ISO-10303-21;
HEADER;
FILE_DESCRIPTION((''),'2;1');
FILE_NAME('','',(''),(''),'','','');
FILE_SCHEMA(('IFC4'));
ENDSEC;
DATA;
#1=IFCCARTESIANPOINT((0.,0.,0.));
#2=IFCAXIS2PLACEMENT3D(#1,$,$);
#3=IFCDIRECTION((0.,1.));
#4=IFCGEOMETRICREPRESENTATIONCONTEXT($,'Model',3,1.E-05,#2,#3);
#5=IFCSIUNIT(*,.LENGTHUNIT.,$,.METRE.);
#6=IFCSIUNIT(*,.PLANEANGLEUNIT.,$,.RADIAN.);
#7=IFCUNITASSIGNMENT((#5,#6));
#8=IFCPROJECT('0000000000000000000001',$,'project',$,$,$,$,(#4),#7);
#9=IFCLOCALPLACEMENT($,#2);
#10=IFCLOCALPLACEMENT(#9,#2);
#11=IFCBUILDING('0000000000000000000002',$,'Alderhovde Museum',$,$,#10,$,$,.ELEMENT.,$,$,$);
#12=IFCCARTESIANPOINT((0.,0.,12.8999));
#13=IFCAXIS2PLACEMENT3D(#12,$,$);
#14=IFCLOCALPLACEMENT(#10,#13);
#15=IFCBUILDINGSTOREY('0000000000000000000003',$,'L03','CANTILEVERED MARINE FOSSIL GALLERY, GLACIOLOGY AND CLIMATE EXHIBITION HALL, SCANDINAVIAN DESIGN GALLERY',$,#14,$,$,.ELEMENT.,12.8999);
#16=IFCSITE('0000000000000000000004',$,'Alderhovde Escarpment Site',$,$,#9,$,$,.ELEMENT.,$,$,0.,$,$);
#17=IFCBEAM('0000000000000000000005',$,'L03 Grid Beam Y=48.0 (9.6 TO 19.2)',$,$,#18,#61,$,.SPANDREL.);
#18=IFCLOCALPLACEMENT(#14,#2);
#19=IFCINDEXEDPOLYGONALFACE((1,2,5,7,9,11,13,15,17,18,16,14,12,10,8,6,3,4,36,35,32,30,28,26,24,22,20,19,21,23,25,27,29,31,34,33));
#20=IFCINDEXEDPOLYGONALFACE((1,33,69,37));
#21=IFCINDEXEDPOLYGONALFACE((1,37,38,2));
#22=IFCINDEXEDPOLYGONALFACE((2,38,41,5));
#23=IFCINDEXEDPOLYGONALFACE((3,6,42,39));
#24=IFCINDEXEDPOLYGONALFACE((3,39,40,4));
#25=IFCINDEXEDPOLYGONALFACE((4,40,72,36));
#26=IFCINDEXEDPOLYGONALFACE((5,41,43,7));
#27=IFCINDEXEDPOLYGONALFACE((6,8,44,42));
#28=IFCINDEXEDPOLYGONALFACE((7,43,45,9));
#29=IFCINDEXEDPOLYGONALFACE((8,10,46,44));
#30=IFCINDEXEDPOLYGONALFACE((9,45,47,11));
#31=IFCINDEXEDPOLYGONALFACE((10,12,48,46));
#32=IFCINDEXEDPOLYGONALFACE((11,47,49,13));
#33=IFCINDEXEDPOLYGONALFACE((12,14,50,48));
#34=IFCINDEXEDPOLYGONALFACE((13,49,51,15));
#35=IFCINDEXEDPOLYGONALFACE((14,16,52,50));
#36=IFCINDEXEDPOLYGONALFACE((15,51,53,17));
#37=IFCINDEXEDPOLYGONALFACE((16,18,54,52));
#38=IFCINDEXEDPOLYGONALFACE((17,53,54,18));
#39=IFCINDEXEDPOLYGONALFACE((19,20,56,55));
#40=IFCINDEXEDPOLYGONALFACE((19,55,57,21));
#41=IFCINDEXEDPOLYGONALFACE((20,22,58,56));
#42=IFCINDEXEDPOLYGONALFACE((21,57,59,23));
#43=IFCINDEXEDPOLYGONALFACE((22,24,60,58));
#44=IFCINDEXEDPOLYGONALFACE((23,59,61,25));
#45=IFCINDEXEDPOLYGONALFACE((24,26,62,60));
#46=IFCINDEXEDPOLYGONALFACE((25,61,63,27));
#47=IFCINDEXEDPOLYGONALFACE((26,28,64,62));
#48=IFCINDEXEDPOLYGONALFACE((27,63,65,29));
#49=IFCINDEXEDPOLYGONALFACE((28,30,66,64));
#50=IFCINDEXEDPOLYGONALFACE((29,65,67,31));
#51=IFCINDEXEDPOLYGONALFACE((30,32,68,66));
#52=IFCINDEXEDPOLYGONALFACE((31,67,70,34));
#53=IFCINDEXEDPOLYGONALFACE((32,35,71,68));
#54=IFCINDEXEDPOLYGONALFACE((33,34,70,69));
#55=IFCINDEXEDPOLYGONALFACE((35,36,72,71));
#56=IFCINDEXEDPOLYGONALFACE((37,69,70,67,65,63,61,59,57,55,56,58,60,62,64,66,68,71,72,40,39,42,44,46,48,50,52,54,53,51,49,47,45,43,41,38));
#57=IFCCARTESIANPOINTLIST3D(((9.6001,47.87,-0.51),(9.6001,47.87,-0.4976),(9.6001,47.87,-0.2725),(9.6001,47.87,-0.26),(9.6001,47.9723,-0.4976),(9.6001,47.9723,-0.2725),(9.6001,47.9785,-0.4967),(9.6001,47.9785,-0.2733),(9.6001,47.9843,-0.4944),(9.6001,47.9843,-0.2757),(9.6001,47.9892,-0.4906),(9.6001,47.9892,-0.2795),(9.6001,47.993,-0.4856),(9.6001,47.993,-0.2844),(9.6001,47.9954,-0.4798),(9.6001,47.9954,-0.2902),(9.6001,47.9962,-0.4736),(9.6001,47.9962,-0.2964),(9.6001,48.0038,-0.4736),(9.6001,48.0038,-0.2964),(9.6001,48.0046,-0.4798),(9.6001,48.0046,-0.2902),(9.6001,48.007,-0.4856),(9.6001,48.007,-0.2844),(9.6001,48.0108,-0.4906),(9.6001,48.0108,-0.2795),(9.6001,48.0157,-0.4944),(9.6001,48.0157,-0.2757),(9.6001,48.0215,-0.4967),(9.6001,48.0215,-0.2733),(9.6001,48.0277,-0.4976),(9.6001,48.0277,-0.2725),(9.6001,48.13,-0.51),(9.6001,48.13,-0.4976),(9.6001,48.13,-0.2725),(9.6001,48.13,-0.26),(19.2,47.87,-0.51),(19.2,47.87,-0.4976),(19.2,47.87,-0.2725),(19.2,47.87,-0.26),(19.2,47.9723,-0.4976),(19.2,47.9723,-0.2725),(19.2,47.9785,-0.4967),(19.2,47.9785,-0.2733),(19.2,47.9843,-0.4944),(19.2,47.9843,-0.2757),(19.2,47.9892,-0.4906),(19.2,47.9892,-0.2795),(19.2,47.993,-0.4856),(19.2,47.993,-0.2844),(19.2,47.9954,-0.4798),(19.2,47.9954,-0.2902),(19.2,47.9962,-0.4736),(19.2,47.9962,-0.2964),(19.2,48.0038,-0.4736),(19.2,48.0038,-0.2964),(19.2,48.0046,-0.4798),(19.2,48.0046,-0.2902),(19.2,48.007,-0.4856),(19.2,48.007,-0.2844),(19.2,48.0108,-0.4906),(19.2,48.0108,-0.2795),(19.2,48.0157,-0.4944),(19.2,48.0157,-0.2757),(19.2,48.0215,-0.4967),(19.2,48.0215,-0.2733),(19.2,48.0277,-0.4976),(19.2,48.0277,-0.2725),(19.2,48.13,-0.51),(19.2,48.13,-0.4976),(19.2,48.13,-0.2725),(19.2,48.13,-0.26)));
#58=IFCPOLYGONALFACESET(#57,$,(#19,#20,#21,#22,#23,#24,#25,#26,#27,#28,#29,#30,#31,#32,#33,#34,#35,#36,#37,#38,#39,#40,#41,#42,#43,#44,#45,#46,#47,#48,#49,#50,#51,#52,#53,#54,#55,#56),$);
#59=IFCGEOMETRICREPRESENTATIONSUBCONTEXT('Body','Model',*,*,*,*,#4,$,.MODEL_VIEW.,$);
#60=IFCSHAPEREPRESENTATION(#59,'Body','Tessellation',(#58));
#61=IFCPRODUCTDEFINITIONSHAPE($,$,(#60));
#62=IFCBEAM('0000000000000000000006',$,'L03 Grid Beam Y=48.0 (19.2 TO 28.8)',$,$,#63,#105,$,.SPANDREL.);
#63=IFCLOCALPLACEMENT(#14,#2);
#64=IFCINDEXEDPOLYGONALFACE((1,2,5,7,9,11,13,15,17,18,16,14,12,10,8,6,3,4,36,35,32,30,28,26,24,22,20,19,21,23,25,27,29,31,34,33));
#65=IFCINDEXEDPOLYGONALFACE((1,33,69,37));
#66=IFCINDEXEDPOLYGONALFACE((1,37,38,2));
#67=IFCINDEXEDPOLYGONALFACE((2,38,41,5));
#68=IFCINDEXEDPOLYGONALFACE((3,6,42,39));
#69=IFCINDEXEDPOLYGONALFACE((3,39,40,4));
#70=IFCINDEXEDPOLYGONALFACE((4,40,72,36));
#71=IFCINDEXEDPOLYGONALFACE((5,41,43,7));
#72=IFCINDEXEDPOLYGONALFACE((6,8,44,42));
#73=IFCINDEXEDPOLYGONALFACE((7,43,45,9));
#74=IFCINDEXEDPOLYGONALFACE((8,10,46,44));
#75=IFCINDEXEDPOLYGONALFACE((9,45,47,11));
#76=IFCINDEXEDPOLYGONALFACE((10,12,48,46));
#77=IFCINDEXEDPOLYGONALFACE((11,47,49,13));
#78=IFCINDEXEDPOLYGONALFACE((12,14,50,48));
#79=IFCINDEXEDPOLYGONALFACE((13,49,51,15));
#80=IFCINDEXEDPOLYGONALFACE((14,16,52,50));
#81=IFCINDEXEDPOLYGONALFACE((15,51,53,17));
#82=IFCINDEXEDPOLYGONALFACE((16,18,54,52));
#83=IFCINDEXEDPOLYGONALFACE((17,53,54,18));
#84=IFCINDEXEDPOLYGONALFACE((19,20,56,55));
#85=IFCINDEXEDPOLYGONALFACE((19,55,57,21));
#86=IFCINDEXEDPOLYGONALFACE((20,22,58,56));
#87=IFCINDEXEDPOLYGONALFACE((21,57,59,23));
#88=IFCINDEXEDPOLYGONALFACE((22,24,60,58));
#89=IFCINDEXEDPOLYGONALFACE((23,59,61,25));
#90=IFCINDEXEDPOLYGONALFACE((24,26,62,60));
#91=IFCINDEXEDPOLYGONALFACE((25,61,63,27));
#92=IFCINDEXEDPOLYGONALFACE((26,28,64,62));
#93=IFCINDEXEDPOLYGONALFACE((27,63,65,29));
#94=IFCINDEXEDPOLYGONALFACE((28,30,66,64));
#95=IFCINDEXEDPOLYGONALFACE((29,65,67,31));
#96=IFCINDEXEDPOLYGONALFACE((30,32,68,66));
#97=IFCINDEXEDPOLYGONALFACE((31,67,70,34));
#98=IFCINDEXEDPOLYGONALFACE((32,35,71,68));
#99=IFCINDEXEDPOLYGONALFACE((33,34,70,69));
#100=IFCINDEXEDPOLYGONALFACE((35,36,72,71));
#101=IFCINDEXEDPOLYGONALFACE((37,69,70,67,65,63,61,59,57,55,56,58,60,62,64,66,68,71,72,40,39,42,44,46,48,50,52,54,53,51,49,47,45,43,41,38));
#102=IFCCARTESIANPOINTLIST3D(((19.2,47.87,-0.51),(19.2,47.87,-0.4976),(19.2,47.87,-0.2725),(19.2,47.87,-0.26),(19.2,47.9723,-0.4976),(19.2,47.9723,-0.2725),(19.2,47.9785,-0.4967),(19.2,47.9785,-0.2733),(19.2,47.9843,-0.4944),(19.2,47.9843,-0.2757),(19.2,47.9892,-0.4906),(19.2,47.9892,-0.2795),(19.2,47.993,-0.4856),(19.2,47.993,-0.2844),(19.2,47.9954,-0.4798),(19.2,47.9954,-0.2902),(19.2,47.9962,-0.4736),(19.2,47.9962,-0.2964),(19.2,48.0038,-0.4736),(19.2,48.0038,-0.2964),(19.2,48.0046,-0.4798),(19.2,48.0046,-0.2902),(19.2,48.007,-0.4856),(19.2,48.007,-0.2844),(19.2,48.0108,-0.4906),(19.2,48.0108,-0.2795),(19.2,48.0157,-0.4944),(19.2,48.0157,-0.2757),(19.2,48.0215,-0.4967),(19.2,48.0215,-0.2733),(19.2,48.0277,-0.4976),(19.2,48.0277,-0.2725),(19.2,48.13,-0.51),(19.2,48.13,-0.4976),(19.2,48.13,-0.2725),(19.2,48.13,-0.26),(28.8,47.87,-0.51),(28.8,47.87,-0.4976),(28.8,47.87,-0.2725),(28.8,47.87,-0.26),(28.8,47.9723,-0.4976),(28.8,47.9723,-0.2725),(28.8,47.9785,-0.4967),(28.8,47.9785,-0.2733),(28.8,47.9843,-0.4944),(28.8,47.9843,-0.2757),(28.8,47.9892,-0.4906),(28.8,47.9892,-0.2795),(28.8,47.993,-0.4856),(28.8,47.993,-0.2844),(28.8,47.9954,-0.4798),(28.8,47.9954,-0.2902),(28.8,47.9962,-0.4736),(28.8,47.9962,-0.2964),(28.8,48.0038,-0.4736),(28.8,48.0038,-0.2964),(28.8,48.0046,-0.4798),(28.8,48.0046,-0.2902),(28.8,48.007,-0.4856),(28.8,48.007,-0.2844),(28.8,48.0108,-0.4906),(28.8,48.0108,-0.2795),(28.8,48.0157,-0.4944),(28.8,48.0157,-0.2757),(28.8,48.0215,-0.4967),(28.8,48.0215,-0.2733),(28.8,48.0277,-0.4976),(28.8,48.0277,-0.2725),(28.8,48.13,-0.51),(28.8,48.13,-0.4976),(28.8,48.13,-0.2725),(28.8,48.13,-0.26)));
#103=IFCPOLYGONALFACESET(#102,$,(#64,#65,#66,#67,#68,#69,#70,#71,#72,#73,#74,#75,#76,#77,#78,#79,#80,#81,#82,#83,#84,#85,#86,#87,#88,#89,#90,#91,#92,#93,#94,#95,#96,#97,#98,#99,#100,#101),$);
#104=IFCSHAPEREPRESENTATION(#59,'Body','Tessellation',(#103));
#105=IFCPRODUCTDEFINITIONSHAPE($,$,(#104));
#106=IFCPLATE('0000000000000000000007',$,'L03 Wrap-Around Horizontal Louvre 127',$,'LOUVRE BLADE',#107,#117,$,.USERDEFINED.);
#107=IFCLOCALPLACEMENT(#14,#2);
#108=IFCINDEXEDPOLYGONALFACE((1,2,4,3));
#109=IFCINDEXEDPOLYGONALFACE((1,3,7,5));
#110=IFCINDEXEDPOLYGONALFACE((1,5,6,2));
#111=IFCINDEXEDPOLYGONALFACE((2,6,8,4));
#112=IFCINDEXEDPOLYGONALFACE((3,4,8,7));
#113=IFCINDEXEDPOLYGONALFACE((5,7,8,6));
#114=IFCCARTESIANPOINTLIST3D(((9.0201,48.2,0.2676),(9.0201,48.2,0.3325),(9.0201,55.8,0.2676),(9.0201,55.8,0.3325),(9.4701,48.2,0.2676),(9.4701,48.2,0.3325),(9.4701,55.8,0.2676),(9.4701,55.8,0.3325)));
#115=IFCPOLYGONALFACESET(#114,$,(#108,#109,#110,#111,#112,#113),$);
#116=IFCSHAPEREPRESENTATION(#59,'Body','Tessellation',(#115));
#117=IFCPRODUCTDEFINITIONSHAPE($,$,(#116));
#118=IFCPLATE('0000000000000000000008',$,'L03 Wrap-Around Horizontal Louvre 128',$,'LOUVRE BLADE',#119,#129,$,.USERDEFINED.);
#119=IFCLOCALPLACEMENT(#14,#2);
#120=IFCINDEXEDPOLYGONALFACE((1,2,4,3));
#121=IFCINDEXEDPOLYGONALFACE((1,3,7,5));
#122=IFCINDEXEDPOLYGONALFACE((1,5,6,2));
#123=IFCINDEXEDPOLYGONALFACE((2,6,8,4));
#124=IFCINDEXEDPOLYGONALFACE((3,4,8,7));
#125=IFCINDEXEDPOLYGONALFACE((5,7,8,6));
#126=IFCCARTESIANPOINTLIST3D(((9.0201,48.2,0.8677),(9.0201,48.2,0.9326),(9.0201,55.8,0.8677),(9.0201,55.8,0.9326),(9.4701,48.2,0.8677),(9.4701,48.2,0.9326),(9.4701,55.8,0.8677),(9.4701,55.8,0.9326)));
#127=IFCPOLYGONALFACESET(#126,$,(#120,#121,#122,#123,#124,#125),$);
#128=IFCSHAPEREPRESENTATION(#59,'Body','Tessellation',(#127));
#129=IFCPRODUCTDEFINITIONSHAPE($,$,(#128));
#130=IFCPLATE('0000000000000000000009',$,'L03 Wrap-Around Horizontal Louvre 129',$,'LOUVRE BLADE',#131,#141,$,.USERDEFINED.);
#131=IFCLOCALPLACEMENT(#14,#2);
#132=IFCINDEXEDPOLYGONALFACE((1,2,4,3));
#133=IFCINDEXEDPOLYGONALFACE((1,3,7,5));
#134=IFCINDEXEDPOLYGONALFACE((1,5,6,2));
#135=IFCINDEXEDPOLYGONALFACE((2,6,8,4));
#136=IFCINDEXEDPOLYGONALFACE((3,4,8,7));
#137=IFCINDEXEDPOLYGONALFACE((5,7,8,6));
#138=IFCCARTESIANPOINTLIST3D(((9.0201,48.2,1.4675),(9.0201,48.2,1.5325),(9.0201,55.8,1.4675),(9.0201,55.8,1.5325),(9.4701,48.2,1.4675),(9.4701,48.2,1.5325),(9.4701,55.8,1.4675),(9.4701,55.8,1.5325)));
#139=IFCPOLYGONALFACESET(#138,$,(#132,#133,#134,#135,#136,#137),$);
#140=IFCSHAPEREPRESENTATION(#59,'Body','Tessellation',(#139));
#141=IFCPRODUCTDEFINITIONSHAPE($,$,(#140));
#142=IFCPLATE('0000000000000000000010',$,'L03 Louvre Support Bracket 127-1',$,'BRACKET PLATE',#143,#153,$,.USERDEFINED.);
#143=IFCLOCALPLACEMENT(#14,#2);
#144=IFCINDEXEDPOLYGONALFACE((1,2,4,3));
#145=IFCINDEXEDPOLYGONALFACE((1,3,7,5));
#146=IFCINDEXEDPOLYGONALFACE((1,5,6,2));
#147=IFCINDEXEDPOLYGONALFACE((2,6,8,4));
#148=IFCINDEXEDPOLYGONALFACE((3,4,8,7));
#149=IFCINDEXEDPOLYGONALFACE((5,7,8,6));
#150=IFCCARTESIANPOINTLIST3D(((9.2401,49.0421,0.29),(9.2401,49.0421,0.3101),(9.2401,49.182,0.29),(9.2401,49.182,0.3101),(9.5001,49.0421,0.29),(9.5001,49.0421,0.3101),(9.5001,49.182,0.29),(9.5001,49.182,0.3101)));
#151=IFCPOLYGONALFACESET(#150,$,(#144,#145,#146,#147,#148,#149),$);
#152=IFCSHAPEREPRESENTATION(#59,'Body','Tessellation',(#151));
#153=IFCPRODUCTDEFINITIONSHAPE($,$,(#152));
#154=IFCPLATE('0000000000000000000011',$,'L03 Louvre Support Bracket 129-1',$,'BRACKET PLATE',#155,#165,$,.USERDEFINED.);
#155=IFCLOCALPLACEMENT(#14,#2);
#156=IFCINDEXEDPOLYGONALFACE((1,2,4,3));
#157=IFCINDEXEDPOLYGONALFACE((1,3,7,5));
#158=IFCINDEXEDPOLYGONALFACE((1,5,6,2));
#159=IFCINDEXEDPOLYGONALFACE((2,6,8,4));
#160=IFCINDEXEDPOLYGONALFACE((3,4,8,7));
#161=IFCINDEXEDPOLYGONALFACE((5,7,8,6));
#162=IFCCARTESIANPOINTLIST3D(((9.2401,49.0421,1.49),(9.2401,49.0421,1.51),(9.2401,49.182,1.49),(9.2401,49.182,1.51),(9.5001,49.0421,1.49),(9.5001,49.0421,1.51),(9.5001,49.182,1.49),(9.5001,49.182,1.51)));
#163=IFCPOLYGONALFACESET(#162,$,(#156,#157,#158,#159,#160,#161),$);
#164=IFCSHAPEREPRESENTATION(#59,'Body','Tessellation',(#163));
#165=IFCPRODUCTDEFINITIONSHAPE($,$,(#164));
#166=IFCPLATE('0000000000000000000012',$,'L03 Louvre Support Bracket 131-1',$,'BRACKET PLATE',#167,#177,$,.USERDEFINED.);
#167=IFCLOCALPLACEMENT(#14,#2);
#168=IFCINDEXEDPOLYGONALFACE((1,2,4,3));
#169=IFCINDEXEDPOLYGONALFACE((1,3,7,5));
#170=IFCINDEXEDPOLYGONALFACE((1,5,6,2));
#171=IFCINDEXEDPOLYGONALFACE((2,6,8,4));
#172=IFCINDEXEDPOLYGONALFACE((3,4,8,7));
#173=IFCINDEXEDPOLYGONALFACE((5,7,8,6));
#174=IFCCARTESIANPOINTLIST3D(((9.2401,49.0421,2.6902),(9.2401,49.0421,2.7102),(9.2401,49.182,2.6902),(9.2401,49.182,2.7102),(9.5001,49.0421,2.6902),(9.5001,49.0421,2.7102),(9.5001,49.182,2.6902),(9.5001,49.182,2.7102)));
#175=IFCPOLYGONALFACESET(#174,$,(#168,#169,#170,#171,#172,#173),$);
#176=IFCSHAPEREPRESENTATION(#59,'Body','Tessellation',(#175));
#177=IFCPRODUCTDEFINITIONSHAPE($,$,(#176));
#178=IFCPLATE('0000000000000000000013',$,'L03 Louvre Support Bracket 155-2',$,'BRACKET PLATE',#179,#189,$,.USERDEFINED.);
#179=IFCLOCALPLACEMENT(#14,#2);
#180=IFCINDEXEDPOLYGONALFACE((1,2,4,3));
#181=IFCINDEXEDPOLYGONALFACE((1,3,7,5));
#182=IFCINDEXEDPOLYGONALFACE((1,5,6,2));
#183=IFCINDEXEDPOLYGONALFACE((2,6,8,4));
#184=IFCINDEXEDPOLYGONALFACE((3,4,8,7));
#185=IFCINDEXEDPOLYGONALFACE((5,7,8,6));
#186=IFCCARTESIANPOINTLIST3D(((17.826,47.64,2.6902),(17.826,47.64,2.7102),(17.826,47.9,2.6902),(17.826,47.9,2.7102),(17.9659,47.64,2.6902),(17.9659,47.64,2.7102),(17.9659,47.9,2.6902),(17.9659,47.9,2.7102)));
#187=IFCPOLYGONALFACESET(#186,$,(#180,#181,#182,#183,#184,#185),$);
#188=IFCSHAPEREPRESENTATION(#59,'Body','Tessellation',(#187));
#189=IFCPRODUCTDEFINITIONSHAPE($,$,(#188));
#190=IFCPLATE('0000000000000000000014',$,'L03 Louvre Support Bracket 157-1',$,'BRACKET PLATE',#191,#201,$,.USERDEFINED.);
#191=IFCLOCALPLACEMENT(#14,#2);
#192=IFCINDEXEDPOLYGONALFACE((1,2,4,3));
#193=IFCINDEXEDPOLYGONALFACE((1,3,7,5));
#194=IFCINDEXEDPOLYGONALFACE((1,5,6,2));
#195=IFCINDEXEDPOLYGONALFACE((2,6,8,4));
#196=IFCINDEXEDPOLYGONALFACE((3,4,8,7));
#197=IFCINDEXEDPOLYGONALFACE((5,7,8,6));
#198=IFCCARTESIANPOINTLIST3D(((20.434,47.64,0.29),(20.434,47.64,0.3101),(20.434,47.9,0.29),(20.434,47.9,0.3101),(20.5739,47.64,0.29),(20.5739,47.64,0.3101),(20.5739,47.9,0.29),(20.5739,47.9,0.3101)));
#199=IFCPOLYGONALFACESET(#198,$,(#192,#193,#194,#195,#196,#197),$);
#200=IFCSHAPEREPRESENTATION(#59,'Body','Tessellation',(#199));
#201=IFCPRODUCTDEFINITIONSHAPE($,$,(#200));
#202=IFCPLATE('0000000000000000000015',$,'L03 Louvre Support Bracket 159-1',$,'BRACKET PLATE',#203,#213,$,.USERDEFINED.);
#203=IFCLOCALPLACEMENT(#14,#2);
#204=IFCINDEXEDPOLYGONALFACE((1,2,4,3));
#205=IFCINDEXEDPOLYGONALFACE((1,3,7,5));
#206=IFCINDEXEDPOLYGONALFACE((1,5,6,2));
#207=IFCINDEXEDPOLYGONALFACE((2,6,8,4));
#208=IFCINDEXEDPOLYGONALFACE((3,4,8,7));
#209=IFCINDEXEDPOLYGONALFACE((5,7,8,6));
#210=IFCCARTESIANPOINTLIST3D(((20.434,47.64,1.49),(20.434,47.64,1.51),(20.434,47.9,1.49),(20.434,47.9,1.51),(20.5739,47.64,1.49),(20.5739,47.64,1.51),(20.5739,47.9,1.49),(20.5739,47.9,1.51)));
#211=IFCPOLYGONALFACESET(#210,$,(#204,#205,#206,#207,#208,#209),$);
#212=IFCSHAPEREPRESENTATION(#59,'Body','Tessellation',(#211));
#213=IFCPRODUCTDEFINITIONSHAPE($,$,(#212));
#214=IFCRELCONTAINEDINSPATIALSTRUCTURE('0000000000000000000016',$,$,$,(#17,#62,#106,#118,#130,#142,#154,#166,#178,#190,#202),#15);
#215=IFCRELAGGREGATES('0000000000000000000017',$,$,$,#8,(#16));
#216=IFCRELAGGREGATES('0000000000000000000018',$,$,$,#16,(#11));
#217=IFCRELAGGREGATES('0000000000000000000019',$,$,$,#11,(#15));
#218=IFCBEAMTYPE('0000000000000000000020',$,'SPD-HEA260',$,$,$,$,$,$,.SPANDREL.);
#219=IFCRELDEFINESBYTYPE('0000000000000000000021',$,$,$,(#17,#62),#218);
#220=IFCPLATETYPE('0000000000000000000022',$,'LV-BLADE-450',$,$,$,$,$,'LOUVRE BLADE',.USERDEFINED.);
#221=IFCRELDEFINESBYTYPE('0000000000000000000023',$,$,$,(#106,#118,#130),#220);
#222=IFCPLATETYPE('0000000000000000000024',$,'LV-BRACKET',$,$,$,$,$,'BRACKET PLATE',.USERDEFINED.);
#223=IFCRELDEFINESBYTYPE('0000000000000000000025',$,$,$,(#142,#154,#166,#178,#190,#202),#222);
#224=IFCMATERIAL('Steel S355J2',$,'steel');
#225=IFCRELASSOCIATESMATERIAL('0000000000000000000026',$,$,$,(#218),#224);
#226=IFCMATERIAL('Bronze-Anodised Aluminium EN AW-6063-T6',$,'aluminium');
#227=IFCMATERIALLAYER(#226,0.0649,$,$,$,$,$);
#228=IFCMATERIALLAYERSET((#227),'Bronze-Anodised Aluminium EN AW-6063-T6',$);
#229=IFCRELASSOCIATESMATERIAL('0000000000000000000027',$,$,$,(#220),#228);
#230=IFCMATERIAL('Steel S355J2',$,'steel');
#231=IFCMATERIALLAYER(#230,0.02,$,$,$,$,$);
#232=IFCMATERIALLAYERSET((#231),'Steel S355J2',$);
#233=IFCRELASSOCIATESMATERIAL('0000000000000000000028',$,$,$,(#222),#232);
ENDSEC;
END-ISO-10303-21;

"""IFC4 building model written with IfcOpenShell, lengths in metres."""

from ifc_helpers import new_model, si_unit, direction, frame, origin, origin_2d, place, context, subcontext, project, spatial, rectangle, i_section, extrude, material, layer, layer_set, material_profile, profile_set, type_object, element, save


model = new_model("IFC4")

# Units and contexts
model_context = context("Model", 3, precision=1e-05, world=origin(), true_north=direction((0.0, 1.0)))
body_context = subcontext(model_context, "Body", "Model", "MODEL_VIEW")
ifc_project = project(units=[si_unit("LENGTHUNIT", "METRE"), si_unit("PLANEANGLEUNIT", "RADIAN")], contexts=[model_context])

# Site, building, storey
site_placement = place(None, origin())
site = spatial("IfcSite", under=ifc_project, at=site_placement, Name="Alderhovde Escarpment Site", CompositionType="ELEMENT", RefElevation=0.0)
building_placement = place(site_placement, origin())
building = spatial("IfcBuilding", under=site, at=building_placement, Name="Alderhovde Museum", CompositionType="ELEMENT")
storey_placement = place(building_placement, frame((0.0, 0.0, 12.8999)))
storey = spatial("IfcBuildingStorey", under=building, at=storey_placement, Name="L03", Description="CANTILEVERED MARINE FOSSIL GALLERY, GLACIOLOGY AND CLIMATE EXHIBITION HALL, SCANDINAVIAN DESIGN GALLERY", CompositionType="ELEMENT", Elevation=12.8999)

# Beams
ifc_material_1 = material(Name="Steel S355J2", Category="steel")
ifc_material_profile_1 = material_profile(ifc_material_1, i_section(OverallWidth=0.26, OverallDepth=0.25, WebThickness=0.0076, FlangeThickness=0.0125, FilletRadius=0.0239, at=origin_2d()), Name="HEA 260")
ifc_profile_set_1 = profile_set([ifc_material_profile_1], Name="Steel S355J2")
beam_type_1 = type_object("IfcBeamType", Name="SPD-HEA260", PredefinedType="SPANDREL", material=ifc_profile_set_1)
beam_1_placement = place(storey_placement, frame((9.6001, 48.0, -0.385), z_axis=(1.0, 0.0, 0.0), x_axis=(0.0, 1.0, 0.0)))
element("IfcBeam", 1, at=beam_1_placement, inside=storey, type_object=beam_type_1, Name="L03 Grid Beam Y=48.0 (9.6 TO 19.2)", PredefinedType="SPANDREL", context=body_context, shape_type="SweptSolid", body=[
    extrude(i_section(OverallWidth=0.26, OverallDepth=0.25, WebThickness=0.0076, FlangeThickness=0.0125, FilletRadius=0.0239, at=origin_2d()), origin(), (0.0, 0.0, 1.0), 9.5999),
])
beam_2_placement = place(storey_placement, frame((19.2, 48.0, -0.385), z_axis=(1.0, 0.0, 0.0), x_axis=(0.0, 1.0, 0.0)))
element("IfcBeam", 2, at=beam_2_placement, inside=storey, type_object=beam_type_1, Name="L03 Grid Beam Y=48.0 (19.2 TO 28.8)", PredefinedType="SPANDREL", context=body_context, shape_type="SweptSolid", body=[
    extrude(i_section(OverallWidth=0.26, OverallDepth=0.25, WebThickness=0.0076, FlangeThickness=0.0125, FilletRadius=0.0239, at=origin_2d()), origin(), (0.0, 0.0, 1.0), 9.6001),
])

# Plates
ifc_material_2 = material(Name="Bronze-Anodised Aluminium EN AW-6063-T6", Category="aluminium")
ifc_layer_1 = layer(ifc_material_2, 0.0649)
ifc_layer_set_1 = layer_set([ifc_layer_1], Name="Bronze-Anodised Aluminium EN AW-6063-T6")
plate_type_1 = type_object("IfcPlateType", Name="LV-BLADE-450", ElementType="LOUVRE BLADE", PredefinedType="USERDEFINED", material=ifc_layer_set_1)
for number, where, z_axis, x_axis, name in (
    (3, (9.2451, 52.0, 0.2676), (0.0, 0.0, 1.0), (0.0, 1.0, 0.0), "L03 Wrap-Around Horizontal Louvre 127"),
    (4, (9.2451, 52.0, 0.8677), (0.0, 0.0, 1.0), (0.0, 1.0, 0.0), "L03 Wrap-Around Horizontal Louvre 128"),
    (5, (9.2451, 52.0, 1.4675), (0.0, 0.0, 1.0), (0.0, 1.0, 0.0), "L03 Wrap-Around Horizontal Louvre 129"),
):
    element("IfcPlate", number, at=place(storey_placement, frame(where, z_axis=z_axis, x_axis=x_axis)), inside=storey, type_object=plate_type_1, Name=name, ObjectType="LOUVRE BLADE", PredefinedType="USERDEFINED", context=body_context, shape_type="SweptSolid", body=[
        extrude(rectangle(XDim=7.6001, YDim=0.45, at=origin_2d()), origin(), (0.0, 0.0, 1.0), 0.0649),
    ])
ifc_material_3 = material(Name="Steel S355J2", Category="steel")
ifc_layer_2 = layer(ifc_material_3, 0.02)
ifc_layer_set_2 = layer_set([ifc_layer_2], Name="Steel S355J2")
plate_type_2 = type_object("IfcPlateType", Name="LV-BRACKET", ElementType="BRACKET PLATE", PredefinedType="USERDEFINED", material=ifc_layer_set_2)
for number, where, z_axis, x_axis, name in (
    (6, (9.3701, 49.1121, 0.29), (0.0, 0.0, 1.0), (0.0, 1.0, 0.0), "L03 Louvre Support Bracket 127-1"),
    (7, (9.3701, 49.1121, 1.49), (0.0, 0.0, 1.0), (0.0, 1.0, 0.0), "L03 Louvre Support Bracket 129-1"),
    (8, (9.3701, 49.1121, 2.6902), (0.0, 0.0, 1.0), (0.0, 1.0, 0.0), "L03 Louvre Support Bracket 131-1"),
    (9, (17.896, 47.77, 2.6902), (0.0, 0.0, 1.0), (1.0, 0.0, 0.0), "L03 Louvre Support Bracket 155-2"),
    (10, (20.5039, 47.77, 0.29), (0.0, 0.0, 1.0), (1.0, 0.0, 0.0), "L03 Louvre Support Bracket 157-1"),
    (11, (20.5039, 47.77, 1.49), (0.0, 0.0, 1.0), (1.0, 0.0, 0.0), "L03 Louvre Support Bracket 159-1"),
):
    element("IfcPlate", number, at=place(storey_placement, frame(where, z_axis=z_axis, x_axis=x_axis)), inside=storey, type_object=plate_type_2, Name=name, ObjectType="BRACKET PLATE", PredefinedType="USERDEFINED", context=body_context, shape_type="SweptSolid", body=[
        extrude(rectangle(XDim=0.1399, YDim=0.26, at=origin_2d()), origin(), (0.0, 0.0, 1.0), 0.02),
    ])

save(model, "model.ifc")
